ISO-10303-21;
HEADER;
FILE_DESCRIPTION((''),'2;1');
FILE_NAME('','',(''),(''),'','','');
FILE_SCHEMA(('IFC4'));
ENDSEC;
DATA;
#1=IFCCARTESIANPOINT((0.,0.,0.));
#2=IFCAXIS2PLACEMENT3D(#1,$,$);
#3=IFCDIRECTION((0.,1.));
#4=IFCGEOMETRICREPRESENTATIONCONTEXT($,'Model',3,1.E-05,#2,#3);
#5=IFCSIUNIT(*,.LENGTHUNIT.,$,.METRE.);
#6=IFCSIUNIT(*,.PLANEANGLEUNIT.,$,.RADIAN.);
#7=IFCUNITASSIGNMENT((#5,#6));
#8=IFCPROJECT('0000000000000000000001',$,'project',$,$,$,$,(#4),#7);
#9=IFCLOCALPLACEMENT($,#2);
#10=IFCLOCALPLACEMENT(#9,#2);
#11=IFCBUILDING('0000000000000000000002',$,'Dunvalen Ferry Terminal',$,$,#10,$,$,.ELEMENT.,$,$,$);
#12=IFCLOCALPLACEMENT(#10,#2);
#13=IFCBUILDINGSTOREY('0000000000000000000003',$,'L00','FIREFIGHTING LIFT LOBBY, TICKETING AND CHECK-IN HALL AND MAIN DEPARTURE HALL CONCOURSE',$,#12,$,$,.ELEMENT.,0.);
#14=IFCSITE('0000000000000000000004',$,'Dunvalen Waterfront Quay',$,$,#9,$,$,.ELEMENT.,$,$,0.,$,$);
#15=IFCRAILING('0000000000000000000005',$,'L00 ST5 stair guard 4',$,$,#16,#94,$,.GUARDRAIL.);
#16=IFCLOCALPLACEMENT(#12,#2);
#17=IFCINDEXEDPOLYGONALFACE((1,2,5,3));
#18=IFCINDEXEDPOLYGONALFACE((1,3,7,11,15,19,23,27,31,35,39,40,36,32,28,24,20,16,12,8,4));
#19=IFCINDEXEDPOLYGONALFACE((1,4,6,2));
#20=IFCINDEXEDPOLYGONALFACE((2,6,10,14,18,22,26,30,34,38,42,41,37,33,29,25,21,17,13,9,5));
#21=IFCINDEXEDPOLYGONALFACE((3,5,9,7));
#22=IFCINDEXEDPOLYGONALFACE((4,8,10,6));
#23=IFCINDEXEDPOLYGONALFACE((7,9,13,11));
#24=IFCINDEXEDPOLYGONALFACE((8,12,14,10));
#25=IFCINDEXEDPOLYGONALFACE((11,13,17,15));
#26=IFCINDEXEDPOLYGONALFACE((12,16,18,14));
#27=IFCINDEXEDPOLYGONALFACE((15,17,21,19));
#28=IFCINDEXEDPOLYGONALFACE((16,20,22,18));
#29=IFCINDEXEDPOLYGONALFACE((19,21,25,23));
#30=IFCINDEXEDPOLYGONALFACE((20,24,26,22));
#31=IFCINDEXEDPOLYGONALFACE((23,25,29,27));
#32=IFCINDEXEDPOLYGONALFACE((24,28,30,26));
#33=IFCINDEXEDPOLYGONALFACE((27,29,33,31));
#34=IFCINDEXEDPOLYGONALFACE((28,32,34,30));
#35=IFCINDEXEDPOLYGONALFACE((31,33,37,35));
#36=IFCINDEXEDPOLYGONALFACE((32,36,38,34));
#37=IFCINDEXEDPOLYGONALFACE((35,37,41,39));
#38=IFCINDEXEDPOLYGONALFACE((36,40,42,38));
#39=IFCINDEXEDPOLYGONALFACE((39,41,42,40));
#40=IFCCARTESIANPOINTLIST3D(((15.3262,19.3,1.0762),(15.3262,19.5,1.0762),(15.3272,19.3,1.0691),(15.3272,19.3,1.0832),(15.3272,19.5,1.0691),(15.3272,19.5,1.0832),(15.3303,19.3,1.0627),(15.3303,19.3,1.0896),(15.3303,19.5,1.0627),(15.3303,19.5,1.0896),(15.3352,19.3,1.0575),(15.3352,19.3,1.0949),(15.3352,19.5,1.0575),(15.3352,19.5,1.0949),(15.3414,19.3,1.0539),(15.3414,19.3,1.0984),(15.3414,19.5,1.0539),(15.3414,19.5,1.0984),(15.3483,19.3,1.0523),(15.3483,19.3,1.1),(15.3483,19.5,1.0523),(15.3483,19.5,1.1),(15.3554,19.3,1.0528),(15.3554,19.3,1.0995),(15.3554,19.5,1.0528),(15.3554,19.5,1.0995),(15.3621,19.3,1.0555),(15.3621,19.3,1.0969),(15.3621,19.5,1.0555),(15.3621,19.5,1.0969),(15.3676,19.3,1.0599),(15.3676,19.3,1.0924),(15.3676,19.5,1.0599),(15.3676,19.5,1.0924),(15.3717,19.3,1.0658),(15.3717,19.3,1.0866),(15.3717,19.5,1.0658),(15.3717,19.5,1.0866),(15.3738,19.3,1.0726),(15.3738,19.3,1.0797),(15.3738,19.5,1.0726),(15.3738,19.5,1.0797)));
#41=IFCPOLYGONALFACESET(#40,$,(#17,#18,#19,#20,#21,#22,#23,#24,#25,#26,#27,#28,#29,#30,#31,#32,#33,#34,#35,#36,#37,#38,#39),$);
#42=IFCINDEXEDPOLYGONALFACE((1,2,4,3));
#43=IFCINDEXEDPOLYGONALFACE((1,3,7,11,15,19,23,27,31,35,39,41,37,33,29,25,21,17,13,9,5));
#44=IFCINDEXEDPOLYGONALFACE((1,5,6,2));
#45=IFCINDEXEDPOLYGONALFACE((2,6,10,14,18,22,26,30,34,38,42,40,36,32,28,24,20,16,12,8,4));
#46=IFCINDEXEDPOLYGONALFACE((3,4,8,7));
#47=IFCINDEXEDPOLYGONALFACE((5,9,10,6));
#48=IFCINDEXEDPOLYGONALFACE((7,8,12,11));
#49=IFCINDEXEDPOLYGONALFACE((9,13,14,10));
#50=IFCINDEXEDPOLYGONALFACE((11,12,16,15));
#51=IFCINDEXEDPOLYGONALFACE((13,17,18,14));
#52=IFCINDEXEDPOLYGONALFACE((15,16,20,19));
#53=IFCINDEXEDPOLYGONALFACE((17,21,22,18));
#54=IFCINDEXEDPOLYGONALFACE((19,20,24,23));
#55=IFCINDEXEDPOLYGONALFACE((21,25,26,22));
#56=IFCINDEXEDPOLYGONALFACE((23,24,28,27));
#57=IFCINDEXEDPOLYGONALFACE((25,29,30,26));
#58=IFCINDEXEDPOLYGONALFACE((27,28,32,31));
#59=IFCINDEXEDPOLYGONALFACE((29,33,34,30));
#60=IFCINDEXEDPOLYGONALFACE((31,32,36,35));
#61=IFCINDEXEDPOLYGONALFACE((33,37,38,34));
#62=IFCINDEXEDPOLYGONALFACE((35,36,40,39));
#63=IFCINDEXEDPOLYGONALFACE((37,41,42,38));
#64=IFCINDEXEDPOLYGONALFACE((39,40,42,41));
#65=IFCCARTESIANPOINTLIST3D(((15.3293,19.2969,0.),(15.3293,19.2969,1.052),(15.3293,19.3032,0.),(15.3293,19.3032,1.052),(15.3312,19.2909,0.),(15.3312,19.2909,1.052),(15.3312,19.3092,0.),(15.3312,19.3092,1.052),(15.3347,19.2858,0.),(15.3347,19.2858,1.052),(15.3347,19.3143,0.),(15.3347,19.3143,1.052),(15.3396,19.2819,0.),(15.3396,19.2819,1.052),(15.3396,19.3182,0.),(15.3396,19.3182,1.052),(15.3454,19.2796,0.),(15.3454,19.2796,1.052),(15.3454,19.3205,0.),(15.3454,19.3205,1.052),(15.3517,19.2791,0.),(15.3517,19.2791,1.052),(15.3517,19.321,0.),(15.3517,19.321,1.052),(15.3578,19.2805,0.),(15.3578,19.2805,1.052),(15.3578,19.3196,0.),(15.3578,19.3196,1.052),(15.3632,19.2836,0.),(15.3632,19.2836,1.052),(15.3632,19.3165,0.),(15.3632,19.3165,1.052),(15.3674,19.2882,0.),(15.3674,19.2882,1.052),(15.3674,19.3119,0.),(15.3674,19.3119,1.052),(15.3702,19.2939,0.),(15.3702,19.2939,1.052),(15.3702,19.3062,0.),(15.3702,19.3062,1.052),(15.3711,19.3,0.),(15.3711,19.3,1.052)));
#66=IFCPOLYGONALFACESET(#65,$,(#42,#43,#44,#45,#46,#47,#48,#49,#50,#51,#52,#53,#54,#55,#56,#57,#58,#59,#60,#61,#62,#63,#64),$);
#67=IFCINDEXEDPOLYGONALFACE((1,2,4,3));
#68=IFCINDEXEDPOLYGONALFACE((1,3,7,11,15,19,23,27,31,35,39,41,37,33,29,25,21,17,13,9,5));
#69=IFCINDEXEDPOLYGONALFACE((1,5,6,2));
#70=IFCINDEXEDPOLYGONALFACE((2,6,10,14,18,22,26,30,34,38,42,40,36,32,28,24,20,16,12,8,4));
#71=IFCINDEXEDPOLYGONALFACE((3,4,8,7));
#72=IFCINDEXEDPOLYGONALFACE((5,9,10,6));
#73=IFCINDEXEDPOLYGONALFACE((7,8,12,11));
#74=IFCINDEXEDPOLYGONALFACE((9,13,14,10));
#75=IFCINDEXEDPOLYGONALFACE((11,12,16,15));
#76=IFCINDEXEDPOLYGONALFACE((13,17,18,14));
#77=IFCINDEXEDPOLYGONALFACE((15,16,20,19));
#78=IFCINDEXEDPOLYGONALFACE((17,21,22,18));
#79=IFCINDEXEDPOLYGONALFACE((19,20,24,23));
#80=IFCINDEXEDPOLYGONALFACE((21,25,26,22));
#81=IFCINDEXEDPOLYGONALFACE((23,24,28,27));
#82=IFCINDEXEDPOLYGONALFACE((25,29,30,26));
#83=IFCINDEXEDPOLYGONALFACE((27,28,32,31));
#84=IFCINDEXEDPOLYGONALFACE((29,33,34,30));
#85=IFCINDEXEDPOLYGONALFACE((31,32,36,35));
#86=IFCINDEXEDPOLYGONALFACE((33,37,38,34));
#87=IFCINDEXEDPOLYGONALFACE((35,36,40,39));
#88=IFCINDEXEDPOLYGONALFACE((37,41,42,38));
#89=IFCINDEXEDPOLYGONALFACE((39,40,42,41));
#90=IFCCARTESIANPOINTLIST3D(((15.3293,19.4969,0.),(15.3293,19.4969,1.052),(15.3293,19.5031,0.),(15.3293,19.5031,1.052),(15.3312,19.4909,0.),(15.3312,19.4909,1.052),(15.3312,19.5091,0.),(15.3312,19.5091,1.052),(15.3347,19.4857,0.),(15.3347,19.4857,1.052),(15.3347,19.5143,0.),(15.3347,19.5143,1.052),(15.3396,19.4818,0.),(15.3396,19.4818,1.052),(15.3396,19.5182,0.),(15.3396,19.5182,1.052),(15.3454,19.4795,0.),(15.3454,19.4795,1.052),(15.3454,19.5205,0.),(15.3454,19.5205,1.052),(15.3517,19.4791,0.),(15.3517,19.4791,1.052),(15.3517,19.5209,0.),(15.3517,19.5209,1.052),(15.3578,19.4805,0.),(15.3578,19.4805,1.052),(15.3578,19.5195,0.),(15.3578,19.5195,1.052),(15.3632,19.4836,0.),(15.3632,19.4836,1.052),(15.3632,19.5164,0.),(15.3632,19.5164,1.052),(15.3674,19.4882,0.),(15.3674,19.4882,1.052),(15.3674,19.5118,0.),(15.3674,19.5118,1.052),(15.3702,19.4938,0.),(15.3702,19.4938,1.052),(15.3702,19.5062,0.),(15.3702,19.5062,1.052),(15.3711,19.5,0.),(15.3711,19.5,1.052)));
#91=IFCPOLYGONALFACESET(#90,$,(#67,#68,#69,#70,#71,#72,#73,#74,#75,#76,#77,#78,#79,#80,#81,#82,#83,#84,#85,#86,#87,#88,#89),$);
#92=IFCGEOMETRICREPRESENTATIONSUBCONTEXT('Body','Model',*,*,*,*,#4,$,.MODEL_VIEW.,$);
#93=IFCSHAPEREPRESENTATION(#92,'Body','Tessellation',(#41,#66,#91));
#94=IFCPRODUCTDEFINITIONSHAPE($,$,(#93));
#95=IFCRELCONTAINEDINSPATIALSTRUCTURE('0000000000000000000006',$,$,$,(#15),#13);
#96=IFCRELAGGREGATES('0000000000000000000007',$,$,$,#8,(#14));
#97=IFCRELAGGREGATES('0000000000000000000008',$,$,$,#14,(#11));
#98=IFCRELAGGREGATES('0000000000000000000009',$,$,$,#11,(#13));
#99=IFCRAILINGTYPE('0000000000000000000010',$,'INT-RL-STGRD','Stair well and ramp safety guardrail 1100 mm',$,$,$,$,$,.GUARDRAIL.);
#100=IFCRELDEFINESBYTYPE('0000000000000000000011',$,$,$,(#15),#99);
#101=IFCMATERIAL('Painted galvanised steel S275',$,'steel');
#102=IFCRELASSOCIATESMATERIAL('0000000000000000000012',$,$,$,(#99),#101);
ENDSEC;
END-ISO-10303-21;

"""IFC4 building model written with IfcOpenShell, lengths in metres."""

from ifc_helpers import new_model, si_unit, direction, frame, origin, origin_2d, place, context, subcontext, project, spatial, circle, extrude, material, type_object, element, save


model = new_model("IFC4")

# Units and contexts
model_context = context("Model", 3, precision=1e-05, world=origin(), true_north=direction((0.0, 1.0)))
body_context = subcontext(model_context, "Body", "Model", "MODEL_VIEW")
ifc_project = project(units=[si_unit("LENGTHUNIT", "METRE"), si_unit("PLANEANGLEUNIT", "RADIAN")], contexts=[model_context])

# Site, building, storey
site_placement = place(None, origin())
site = spatial("IfcSite", under=ifc_project, at=site_placement, Name="Dunvalen Waterfront Quay", CompositionType="ELEMENT", RefElevation=0.0)
building_placement = place(site_placement, origin())
building = spatial("IfcBuilding", under=site, at=building_placement, Name="Dunvalen Ferry Terminal", CompositionType="ELEMENT")
storey_placement = place(building_placement, origin())
storey = spatial("IfcBuildingStorey", under=building, at=storey_placement, Name="L00", Description="FIREFIGHTING LIFT LOBBY, TICKETING AND CHECK-IN HALL AND MAIN DEPARTURE HALL CONCOURSE", CompositionType="ELEMENT", Elevation=0.0)

# Railing
ifc_material_1 = material(Name="Painted galvanised steel S275", Category="steel")
railing_type_1 = type_object("IfcRailingType", Name="INT-RL-STGRD", Description="Stair well and ramp safety guardrail 1100 mm", PredefinedType="GUARDRAIL", material=ifc_material_1)
railing_1_placement = place(storey_placement, frame((15.3501, 19.3, 0.0)))
element("IfcRailing", 1, at=railing_1_placement, inside=storey, type_object=railing_type_1, Name="L00 ST5 stair guard 4", PredefinedType="GUARDRAIL", context=body_context, shape_type="SweptSolid", body=[
    extrude(circle(Radius=0.0239, at=origin_2d()), frame((0.0, 0.0, 1.0762), z_axis=(0.0, 1.0, 0.0), x_axis=(-1.0, 0.0, 0.0)), (0.0, 0.0, 1.0), 0.2),
    extrude(circle(Radius=0.021, at=origin_2d()), origin(), (0.0, 0.0, 1.0), 1.052),
    extrude(circle(Radius=0.021, at=origin_2d()), frame((0.0, 0.2, 0.0)), (0.0, 0.0, 1.0), 1.052),
])

save(model, "model.ifc")
